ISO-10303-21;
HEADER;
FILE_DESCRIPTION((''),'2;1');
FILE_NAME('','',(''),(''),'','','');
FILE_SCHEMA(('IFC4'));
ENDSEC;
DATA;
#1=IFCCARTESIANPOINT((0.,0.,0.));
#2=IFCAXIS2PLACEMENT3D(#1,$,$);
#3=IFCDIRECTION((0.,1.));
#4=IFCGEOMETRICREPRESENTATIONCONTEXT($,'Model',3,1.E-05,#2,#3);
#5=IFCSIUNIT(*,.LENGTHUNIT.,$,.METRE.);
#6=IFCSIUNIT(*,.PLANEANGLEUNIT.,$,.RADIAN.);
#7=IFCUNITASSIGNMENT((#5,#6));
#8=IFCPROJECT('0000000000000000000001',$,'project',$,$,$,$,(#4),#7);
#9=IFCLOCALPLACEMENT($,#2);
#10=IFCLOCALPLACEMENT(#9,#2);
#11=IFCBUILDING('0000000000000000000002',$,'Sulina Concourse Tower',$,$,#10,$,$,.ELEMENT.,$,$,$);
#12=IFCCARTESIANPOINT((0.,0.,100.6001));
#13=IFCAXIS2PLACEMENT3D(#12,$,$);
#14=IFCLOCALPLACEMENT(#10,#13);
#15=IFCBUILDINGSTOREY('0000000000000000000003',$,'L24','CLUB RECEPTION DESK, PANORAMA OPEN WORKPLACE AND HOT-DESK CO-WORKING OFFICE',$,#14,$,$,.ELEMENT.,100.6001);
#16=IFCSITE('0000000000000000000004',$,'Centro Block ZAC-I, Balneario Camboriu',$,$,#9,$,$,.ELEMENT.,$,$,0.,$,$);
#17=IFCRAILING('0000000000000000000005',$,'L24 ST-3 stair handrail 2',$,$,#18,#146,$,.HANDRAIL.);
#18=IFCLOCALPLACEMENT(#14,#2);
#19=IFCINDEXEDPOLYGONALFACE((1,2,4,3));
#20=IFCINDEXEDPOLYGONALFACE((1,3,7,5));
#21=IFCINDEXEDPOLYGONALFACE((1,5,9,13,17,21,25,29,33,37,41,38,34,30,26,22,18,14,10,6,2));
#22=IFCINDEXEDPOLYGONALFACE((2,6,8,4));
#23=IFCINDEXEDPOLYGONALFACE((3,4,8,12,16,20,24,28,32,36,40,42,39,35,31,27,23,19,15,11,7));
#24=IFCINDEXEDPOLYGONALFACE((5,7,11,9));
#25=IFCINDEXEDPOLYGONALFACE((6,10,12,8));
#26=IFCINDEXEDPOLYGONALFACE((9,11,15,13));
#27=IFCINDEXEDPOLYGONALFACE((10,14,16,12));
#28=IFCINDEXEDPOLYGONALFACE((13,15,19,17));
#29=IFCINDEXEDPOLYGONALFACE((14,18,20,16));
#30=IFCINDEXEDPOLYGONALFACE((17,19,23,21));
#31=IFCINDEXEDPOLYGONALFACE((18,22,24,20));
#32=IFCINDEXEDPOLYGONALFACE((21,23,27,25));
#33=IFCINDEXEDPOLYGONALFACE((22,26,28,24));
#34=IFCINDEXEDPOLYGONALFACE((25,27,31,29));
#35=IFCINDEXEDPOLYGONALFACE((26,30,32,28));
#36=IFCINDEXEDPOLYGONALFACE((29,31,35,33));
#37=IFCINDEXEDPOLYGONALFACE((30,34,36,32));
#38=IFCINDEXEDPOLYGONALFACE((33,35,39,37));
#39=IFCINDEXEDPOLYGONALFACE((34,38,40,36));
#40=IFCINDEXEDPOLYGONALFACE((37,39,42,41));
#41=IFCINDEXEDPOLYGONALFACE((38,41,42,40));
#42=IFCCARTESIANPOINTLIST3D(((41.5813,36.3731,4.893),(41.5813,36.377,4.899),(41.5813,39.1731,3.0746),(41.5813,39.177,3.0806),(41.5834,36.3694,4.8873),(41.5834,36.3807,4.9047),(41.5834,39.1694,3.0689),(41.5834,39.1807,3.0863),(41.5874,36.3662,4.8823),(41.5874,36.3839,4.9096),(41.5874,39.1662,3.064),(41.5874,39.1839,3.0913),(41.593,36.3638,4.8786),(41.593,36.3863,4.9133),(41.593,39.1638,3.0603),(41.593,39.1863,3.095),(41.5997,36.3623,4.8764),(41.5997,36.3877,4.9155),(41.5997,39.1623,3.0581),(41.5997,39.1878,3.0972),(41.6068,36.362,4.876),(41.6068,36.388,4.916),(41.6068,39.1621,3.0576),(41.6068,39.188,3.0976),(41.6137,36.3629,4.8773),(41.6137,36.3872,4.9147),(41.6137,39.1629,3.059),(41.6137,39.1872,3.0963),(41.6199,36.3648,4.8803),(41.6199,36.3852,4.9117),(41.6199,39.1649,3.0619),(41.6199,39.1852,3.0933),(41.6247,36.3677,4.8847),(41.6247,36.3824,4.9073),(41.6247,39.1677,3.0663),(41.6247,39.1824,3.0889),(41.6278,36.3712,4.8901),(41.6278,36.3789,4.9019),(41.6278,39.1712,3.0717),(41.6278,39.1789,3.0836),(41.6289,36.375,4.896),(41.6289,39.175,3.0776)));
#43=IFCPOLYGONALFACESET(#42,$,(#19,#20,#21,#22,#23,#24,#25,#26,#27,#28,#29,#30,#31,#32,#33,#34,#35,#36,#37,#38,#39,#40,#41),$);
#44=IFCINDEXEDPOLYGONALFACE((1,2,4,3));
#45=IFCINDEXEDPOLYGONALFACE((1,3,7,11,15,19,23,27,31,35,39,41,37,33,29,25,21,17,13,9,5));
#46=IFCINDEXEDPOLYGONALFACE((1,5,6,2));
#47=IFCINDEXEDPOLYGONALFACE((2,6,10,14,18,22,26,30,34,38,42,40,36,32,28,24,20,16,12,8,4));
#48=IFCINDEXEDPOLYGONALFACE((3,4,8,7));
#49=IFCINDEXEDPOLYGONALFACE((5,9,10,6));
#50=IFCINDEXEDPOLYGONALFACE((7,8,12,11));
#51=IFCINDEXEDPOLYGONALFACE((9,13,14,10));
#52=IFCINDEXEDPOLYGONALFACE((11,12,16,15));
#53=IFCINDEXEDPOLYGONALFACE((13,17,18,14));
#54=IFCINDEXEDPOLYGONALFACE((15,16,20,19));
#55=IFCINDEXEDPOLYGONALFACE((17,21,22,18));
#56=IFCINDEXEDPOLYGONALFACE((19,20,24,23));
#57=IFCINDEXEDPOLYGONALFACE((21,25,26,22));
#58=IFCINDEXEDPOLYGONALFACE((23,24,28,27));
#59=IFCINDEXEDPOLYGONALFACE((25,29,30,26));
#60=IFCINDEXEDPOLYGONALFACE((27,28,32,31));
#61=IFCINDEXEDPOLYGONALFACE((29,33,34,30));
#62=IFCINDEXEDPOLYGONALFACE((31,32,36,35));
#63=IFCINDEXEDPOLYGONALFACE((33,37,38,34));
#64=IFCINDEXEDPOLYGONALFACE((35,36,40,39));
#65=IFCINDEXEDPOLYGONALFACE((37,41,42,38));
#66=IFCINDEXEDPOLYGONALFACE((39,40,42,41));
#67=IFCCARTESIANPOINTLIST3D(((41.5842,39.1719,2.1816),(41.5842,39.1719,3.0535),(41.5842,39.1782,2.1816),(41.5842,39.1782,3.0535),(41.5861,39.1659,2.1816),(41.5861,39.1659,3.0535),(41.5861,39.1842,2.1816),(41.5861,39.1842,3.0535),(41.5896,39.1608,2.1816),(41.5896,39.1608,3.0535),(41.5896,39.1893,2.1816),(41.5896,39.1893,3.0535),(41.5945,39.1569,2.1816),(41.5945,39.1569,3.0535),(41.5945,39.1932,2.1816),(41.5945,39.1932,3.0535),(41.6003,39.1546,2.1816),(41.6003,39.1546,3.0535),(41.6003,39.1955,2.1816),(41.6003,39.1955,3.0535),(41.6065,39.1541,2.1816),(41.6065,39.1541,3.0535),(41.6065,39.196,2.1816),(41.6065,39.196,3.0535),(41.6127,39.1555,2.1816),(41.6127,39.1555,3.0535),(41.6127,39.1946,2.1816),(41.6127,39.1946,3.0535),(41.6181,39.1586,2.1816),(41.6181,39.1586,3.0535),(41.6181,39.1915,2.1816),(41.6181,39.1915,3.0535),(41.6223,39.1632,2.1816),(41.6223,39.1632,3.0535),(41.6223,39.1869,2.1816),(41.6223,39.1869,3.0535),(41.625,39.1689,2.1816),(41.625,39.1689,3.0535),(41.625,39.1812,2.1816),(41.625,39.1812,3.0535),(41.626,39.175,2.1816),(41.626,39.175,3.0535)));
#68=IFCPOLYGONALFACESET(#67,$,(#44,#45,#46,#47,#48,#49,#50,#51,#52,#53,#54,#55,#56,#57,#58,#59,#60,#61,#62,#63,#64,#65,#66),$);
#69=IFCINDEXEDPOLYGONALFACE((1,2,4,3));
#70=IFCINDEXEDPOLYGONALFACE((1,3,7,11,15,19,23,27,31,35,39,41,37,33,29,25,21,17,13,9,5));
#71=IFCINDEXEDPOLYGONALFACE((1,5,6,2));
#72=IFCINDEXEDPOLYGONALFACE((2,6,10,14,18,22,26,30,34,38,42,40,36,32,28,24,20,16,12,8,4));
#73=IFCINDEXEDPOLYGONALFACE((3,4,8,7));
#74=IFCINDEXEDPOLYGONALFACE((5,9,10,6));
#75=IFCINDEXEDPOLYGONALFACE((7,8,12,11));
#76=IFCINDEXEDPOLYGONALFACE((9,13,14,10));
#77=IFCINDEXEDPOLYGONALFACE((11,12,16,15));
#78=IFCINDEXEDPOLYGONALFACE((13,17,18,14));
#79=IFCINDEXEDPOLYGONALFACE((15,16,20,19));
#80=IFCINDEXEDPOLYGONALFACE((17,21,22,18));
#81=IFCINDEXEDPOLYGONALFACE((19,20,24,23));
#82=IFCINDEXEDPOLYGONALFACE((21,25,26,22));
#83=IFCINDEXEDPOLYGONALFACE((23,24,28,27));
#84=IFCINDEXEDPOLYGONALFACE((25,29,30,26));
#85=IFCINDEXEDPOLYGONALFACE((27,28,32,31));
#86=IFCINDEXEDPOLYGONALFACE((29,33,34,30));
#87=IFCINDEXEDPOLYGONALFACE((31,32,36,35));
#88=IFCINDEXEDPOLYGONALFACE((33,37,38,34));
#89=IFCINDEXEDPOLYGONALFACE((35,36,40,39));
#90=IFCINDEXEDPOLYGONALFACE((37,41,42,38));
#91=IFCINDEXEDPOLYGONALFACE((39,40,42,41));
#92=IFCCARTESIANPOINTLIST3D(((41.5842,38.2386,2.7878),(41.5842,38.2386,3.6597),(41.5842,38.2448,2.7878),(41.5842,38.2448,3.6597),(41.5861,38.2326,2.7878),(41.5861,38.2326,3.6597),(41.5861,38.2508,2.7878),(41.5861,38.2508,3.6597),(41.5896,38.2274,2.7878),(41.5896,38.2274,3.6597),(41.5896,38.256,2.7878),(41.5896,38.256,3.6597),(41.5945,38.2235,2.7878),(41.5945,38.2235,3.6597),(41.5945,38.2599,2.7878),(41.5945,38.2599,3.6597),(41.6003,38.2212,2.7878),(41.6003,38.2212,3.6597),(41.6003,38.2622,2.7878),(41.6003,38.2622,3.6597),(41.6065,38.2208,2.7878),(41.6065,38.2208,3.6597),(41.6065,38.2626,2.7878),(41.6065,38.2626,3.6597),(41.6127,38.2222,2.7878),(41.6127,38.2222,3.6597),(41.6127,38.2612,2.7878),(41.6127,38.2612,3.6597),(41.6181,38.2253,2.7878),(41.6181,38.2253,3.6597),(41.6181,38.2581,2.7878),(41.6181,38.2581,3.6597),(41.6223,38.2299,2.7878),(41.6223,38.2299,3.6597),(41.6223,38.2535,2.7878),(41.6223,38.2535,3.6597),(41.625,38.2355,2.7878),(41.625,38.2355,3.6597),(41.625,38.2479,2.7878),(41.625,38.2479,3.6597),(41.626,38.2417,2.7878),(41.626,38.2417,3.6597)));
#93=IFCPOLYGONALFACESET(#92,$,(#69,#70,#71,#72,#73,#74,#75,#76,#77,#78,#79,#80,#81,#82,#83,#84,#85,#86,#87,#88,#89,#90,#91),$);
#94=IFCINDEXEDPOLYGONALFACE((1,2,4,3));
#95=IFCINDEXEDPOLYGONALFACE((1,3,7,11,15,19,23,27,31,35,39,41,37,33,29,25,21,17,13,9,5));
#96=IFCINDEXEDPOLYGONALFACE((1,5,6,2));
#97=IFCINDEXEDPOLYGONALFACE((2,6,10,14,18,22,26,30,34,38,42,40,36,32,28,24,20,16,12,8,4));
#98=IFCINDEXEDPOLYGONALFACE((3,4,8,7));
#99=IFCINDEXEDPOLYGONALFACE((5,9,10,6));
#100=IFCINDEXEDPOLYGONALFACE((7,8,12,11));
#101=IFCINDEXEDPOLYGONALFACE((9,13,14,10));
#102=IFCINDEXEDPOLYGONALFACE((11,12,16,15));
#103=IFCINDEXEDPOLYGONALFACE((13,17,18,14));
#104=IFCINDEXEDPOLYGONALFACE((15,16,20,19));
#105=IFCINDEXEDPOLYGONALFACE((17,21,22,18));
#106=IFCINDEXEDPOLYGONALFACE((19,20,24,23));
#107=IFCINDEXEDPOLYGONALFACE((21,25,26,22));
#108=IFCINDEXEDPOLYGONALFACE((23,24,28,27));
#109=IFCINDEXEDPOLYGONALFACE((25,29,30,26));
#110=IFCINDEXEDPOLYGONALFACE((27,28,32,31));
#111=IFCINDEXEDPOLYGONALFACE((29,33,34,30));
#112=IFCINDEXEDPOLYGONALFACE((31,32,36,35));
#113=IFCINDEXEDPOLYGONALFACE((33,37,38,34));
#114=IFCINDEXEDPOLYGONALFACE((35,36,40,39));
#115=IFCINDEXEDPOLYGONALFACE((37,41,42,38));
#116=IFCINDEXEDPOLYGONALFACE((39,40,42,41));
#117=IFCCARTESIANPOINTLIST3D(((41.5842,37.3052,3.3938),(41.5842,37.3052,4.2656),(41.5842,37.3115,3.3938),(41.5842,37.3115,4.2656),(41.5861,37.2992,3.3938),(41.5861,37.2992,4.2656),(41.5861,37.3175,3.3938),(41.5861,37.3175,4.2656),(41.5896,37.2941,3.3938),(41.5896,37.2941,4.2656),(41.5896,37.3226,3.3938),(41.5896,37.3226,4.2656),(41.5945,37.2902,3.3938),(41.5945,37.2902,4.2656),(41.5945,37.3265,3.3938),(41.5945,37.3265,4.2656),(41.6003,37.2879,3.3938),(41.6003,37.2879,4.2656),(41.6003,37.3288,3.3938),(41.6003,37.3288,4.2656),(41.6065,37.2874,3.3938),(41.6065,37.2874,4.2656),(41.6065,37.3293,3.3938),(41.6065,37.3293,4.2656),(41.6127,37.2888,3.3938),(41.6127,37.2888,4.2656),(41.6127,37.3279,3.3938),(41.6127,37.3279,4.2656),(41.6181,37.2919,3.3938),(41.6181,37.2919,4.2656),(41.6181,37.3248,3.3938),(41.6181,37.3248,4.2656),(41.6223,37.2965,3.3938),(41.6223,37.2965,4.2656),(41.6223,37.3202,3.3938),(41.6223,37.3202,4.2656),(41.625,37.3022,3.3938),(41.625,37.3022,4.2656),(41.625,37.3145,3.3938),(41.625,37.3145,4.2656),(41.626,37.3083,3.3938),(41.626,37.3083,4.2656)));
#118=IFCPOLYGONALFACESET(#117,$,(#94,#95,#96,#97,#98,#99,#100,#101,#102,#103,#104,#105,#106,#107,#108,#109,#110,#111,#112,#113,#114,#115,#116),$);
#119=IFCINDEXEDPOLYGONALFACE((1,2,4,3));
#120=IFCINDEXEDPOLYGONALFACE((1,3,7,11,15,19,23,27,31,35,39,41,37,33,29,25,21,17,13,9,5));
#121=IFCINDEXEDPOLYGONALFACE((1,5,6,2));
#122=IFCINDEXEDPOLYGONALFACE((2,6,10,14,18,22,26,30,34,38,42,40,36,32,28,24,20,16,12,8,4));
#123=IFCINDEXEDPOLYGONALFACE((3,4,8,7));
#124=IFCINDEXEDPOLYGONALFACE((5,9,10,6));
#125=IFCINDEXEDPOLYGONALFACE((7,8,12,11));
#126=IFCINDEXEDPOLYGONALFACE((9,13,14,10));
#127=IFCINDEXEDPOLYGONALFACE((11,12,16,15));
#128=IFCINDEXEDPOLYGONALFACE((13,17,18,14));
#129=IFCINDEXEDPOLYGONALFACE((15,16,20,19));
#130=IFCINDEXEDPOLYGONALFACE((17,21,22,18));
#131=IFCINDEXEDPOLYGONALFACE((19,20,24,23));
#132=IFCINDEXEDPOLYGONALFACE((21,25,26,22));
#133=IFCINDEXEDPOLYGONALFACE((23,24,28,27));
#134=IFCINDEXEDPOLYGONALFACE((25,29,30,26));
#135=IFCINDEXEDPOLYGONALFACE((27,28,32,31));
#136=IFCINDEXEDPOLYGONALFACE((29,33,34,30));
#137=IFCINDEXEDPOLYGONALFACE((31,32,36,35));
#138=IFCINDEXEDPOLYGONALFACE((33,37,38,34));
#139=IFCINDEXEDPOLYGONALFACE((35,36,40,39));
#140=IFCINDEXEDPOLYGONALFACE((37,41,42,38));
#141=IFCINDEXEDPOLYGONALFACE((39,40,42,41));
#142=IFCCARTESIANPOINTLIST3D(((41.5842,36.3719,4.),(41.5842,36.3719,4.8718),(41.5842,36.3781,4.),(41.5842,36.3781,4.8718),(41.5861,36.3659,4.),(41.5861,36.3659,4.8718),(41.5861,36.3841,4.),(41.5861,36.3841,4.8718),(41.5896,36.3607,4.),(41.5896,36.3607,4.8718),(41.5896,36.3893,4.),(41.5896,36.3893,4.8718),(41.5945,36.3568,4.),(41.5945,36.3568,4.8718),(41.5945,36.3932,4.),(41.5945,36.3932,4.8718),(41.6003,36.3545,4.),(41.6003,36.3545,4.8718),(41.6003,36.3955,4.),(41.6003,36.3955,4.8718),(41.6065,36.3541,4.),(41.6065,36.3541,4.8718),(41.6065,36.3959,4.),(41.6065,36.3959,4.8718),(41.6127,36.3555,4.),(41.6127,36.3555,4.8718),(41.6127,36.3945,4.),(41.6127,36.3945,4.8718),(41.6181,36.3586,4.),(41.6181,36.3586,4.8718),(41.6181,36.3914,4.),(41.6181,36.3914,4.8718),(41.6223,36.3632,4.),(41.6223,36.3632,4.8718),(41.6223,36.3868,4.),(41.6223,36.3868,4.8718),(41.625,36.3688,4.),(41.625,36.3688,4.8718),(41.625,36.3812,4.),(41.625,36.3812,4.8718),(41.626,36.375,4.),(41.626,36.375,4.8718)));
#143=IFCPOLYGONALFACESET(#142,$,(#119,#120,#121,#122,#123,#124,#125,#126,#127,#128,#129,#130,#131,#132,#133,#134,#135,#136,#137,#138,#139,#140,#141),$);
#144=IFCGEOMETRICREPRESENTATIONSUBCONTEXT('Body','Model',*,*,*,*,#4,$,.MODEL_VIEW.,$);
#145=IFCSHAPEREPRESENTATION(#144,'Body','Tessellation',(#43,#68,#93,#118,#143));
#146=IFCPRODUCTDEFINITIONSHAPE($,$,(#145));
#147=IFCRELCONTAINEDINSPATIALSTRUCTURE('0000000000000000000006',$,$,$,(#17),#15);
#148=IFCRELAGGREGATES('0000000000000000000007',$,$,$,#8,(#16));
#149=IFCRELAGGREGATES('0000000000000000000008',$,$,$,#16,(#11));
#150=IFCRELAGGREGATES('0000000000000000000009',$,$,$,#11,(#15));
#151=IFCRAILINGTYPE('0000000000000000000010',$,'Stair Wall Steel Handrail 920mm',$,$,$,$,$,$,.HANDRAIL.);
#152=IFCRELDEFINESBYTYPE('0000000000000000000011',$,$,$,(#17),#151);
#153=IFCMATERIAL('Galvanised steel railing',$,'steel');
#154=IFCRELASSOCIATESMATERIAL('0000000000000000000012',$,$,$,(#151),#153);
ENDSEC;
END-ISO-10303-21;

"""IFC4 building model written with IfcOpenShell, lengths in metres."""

from ifc_helpers import new_model, si_unit, direction, frame, origin, origin_2d, place, context, subcontext, project, spatial, circle, extrude, material, type_object, element, save


model = new_model("IFC4")

# Units and contexts
model_context = context("Model", 3, precision=1e-05, world=origin(), true_north=direction((0.0, 1.0)))
body_context = subcontext(model_context, "Body", "Model", "MODEL_VIEW")
ifc_project = project(units=[si_unit("LENGTHUNIT", "METRE"), si_unit("PLANEANGLEUNIT", "RADIAN")], contexts=[model_context])

# Site, building, storey
site_placement = place(None, origin())
site = spatial("IfcSite", under=ifc_project, at=site_placement, Name="Centro Block ZAC-I, Balneario Camboriu", CompositionType="ELEMENT", RefElevation=0.0)
building_placement = place(site_placement, origin())
building = spatial("IfcBuilding", under=site, at=building_placement, Name="Sulina Concourse Tower", CompositionType="ELEMENT")
storey_placement = place(building_placement, frame((0.0, 0.0, 100.6001)))
storey = spatial("IfcBuildingStorey", under=building, at=storey_placement, Name="L24", Description="CLUB RECEPTION DESK, PANORAMA OPEN WORKPLACE AND HOT-DESK CO-WORKING OFFICE", CompositionType="ELEMENT", Elevation=100.6001)

# Railing
ifc_material_1 = material(Name="Galvanised steel railing", Category="steel")
railing_type_1 = type_object("IfcRailingType", Name="Stair Wall Steel Handrail 920mm", PredefinedType="HANDRAIL", material=ifc_material_1)
railing_1_placement = place(storey_placement, frame((41.605, 39.175, 2.1816)))
element("IfcRailing", 1, at=railing_1_placement, inside=storey, type_object=railing_type_1, Name="L24 ST-3 stair handrail 2", PredefinedType="HANDRAIL", context=body_context, shape_type="SweptSolid", body=[
    extrude(circle(Radius=0.0239, at=origin_2d()), frame((0.0, 0.0, 0.896), z_axis=(0.0, -0.838672, 0.544636), x_axis=(1.0, 0.0, 0.0)), (0.0, 0.0, 1.0), 3.3386),
    extrude(circle(Radius=0.021, at=origin_2d()), origin(), (0.0, 0.0, 1.0), 0.8718),
    extrude(circle(Radius=0.021, at=origin_2d()), frame((0.0, -0.9333, 0.6062)), (0.0, 0.0, 1.0), 0.8718),
    extrude(circle(Radius=0.021, at=origin_2d()), frame((0.0, -1.8667, 1.2122)), (0.0, 0.0, 1.0), 0.8718),
    extrude(circle(Radius=0.021, at=origin_2d()), frame((0.0, -2.8, 1.8184)), (0.0, 0.0, 1.0), 0.8718),
])

save(model, "model.ifc")
